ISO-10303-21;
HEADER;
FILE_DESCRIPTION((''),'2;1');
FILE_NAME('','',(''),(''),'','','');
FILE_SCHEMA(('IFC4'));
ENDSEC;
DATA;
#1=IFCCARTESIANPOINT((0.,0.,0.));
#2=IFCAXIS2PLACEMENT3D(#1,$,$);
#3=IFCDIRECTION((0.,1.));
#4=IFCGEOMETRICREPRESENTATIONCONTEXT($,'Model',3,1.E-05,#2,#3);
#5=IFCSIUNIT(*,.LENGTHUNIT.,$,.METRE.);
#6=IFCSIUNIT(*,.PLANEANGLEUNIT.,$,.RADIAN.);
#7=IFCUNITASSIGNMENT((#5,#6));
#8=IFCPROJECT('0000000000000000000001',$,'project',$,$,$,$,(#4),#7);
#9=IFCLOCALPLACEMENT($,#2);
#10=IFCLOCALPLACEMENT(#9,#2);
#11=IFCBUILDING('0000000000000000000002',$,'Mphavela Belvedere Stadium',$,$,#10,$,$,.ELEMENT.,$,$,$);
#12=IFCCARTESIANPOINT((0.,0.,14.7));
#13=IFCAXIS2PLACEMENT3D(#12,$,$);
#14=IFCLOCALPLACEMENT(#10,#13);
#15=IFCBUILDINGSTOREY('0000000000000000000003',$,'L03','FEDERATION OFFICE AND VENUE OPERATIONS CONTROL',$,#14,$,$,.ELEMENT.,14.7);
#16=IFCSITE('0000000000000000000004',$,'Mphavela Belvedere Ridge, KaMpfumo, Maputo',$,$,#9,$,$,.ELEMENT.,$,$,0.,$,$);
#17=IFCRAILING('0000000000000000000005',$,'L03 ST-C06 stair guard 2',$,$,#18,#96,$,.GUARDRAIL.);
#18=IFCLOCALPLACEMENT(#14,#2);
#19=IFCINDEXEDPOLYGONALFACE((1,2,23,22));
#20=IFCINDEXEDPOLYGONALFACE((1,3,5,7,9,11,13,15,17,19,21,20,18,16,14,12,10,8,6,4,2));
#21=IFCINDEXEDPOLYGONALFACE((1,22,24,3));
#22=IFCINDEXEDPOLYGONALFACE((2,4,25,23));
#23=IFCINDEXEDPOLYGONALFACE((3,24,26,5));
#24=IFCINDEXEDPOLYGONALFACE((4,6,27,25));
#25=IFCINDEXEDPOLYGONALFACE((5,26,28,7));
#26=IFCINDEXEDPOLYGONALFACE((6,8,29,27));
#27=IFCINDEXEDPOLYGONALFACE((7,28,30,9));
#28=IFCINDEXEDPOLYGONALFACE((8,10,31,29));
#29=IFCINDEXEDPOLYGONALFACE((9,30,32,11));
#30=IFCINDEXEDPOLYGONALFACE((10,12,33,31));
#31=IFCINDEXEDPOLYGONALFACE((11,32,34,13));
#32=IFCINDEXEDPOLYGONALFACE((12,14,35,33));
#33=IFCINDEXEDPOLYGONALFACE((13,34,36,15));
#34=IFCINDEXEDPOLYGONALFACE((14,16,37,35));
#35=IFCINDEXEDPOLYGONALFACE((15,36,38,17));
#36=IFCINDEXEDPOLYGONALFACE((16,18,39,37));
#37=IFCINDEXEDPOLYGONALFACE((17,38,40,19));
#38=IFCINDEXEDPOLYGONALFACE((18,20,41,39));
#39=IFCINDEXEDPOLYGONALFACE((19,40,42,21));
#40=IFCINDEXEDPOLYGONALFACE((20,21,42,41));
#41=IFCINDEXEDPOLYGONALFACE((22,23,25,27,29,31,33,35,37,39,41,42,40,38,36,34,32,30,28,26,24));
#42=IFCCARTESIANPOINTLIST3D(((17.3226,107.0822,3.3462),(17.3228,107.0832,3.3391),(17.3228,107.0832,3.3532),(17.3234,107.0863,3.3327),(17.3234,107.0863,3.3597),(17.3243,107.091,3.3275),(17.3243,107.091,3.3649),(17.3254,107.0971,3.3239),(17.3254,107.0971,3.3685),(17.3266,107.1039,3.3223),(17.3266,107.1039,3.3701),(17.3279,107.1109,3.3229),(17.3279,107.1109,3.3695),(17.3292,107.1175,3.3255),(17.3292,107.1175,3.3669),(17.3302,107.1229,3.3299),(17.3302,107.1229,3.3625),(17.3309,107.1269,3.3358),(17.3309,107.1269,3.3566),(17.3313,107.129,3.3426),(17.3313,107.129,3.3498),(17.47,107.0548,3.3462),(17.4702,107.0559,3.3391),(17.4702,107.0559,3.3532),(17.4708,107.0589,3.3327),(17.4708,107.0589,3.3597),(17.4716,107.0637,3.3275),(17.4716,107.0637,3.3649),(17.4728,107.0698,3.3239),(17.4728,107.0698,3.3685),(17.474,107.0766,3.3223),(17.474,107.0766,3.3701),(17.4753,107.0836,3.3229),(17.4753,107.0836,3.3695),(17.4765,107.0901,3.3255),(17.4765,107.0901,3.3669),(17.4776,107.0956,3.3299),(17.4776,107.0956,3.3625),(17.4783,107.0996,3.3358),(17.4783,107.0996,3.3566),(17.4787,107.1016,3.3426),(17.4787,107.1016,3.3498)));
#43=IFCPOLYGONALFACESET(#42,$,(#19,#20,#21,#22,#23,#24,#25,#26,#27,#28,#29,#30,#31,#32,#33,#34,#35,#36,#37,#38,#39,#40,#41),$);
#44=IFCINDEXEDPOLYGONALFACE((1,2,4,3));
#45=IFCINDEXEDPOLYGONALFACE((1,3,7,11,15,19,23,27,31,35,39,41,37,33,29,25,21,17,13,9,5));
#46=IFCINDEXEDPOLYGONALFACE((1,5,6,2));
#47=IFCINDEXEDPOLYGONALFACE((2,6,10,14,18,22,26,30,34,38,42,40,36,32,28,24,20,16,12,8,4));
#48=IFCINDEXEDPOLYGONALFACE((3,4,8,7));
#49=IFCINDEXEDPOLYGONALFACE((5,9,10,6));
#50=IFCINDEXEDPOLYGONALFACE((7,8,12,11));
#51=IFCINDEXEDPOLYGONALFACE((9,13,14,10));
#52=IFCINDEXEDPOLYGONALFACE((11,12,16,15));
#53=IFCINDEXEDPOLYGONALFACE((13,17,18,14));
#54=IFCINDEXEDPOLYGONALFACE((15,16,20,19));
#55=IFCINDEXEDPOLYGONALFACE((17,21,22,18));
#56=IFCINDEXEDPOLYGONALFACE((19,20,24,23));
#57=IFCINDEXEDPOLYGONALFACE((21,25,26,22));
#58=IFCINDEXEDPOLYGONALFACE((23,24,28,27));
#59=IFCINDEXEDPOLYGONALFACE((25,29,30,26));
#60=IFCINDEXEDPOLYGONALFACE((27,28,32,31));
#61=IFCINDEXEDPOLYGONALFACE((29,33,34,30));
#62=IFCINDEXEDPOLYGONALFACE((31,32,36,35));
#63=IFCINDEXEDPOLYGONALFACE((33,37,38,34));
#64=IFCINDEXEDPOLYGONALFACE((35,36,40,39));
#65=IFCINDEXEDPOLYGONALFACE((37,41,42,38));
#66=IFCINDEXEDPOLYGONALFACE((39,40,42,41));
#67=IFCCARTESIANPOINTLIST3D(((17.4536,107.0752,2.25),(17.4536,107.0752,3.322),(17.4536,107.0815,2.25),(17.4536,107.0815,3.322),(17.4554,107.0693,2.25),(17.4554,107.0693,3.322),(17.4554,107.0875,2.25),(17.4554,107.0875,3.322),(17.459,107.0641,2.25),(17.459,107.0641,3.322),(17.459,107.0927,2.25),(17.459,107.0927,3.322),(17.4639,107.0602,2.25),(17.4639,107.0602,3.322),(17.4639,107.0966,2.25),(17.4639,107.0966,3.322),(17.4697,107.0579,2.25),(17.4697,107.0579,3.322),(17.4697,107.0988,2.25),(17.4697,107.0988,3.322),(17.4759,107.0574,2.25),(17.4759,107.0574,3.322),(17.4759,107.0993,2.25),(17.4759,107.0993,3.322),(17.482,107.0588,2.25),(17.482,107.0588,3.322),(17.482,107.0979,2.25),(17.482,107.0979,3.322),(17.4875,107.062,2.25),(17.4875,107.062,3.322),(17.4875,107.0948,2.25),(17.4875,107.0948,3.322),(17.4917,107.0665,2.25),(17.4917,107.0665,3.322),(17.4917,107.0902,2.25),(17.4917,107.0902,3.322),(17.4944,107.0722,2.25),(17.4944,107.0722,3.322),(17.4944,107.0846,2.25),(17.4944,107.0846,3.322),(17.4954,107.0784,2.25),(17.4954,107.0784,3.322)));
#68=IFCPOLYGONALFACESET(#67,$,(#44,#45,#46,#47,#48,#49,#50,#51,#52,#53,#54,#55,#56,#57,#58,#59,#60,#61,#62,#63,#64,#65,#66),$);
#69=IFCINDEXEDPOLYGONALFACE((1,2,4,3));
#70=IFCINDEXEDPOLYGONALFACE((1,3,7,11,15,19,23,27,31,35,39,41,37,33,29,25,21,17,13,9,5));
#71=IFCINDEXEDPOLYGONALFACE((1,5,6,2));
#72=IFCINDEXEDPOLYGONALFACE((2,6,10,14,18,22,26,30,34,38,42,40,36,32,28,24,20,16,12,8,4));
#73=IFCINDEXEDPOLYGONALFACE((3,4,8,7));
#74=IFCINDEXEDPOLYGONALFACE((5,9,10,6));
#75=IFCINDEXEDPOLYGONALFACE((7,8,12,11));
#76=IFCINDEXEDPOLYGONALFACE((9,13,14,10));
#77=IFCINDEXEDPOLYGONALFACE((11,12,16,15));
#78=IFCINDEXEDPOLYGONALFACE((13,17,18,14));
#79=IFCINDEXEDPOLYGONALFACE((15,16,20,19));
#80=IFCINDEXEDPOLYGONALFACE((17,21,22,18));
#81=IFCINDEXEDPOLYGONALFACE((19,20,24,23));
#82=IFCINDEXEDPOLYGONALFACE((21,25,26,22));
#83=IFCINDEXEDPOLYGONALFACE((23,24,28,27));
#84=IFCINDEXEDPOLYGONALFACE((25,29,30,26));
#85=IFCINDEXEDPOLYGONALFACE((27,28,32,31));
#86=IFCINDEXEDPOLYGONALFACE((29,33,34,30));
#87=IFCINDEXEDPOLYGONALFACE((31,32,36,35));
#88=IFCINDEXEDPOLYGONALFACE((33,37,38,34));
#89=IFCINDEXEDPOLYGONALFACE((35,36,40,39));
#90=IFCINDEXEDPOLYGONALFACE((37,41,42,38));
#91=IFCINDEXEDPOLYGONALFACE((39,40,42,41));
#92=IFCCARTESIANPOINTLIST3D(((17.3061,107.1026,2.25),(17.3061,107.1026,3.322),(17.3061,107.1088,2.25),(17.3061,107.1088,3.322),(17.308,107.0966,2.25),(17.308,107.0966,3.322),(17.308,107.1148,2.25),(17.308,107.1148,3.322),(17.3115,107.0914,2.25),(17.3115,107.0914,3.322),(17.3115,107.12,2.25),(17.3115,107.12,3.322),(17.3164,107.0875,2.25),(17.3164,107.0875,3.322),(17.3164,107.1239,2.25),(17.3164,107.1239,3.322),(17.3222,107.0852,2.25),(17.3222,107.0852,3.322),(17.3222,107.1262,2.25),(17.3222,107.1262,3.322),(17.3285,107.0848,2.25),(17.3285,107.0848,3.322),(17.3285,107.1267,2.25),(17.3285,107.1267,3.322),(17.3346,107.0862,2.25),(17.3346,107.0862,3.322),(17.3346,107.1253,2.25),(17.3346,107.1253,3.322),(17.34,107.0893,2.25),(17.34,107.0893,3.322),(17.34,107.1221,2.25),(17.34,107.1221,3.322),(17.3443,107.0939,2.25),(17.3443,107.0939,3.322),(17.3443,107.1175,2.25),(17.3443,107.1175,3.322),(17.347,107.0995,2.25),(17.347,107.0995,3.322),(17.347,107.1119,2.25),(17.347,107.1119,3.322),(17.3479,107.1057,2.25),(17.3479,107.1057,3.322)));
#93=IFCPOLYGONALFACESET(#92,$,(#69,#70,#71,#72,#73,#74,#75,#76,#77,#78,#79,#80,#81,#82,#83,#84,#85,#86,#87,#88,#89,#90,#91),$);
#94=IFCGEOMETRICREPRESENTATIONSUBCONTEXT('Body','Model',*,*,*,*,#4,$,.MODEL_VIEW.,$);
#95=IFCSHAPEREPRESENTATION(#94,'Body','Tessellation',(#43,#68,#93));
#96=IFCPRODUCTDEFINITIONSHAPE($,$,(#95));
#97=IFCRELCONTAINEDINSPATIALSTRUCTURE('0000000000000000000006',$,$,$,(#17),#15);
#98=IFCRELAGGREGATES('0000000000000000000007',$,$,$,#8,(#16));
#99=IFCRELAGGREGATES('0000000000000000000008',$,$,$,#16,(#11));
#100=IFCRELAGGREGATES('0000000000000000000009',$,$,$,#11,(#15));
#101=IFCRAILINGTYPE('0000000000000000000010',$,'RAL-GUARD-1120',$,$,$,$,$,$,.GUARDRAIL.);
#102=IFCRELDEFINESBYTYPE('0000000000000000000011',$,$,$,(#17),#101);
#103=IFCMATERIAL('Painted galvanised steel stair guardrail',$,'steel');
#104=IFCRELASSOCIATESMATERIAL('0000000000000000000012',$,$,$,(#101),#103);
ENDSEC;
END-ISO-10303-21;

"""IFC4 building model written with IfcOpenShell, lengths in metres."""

from ifc_helpers import new_model, si_unit, direction, frame, origin, origin_2d, place, context, subcontext, project, spatial, circle, extrude, material, type_object, element, save


model = new_model("IFC4")

# Units and contexts
model_context = context("Model", 3, precision=1e-05, world=origin(), true_north=direction((0.0, 1.0)))
body_context = subcontext(model_context, "Body", "Model", "MODEL_VIEW")
ifc_project = project(units=[si_unit("LENGTHUNIT", "METRE"), si_unit("PLANEANGLEUNIT", "RADIAN")], contexts=[model_context])

# Site, building, storey
site_placement = place(None, origin())
site = spatial("IfcSite", under=ifc_project, at=site_placement, Name="Mphavela Belvedere Ridge, KaMpfumo, Maputo", CompositionType="ELEMENT", RefElevation=0.0)
building_placement = place(site_placement, origin())
building = spatial("IfcBuilding", under=site, at=building_placement, Name="Mphavela Belvedere Stadium", CompositionType="ELEMENT")
storey_placement = place(building_placement, frame((0.0, 0.0, 14.7)))
storey = spatial("IfcBuildingStorey", under=building, at=storey_placement, Name="L03", Description="FEDERATION OFFICE AND VENUE OPERATIONS CONTROL", CompositionType="ELEMENT", Elevation=14.7)

# Railing
ifc_material_1 = material(Name="Painted galvanised steel stair guardrail", Category="steel")
railing_type_1 = type_object("IfcRailingType", Name="RAL-GUARD-1120", PredefinedType="GUARDRAIL", material=ifc_material_1)
railing_1_placement = place(storey_placement, frame((17.4744, 107.0784, 2.25)))
element("IfcRailing", 1, at=railing_1_placement, inside=storey, type_object=railing_type_1, Name="L03 ST-C06 stair guard 2", PredefinedType="GUARDRAIL", context=body_context, shape_type="SweptSolid", body=[
    extrude(circle(Radius=0.0239, at=origin_2d()), frame((0.0, 0.0, 1.0962), z_axis=(-0.983239, 0.182322, 0.0), x_axis=(-0.182322, -0.983239, 0.0)), (0.0, 0.0, 1.0), 0.1499),
    extrude(circle(Radius=0.021, at=origin_2d()), origin(), (0.0, 0.0, 1.0), 1.072),
    extrude(circle(Radius=0.021, at=origin_2d()), frame((-0.1475, 0.0273, 0.0)), (0.0, 0.0, 1.0), 1.072),
])

save(model, "model.ifc")
